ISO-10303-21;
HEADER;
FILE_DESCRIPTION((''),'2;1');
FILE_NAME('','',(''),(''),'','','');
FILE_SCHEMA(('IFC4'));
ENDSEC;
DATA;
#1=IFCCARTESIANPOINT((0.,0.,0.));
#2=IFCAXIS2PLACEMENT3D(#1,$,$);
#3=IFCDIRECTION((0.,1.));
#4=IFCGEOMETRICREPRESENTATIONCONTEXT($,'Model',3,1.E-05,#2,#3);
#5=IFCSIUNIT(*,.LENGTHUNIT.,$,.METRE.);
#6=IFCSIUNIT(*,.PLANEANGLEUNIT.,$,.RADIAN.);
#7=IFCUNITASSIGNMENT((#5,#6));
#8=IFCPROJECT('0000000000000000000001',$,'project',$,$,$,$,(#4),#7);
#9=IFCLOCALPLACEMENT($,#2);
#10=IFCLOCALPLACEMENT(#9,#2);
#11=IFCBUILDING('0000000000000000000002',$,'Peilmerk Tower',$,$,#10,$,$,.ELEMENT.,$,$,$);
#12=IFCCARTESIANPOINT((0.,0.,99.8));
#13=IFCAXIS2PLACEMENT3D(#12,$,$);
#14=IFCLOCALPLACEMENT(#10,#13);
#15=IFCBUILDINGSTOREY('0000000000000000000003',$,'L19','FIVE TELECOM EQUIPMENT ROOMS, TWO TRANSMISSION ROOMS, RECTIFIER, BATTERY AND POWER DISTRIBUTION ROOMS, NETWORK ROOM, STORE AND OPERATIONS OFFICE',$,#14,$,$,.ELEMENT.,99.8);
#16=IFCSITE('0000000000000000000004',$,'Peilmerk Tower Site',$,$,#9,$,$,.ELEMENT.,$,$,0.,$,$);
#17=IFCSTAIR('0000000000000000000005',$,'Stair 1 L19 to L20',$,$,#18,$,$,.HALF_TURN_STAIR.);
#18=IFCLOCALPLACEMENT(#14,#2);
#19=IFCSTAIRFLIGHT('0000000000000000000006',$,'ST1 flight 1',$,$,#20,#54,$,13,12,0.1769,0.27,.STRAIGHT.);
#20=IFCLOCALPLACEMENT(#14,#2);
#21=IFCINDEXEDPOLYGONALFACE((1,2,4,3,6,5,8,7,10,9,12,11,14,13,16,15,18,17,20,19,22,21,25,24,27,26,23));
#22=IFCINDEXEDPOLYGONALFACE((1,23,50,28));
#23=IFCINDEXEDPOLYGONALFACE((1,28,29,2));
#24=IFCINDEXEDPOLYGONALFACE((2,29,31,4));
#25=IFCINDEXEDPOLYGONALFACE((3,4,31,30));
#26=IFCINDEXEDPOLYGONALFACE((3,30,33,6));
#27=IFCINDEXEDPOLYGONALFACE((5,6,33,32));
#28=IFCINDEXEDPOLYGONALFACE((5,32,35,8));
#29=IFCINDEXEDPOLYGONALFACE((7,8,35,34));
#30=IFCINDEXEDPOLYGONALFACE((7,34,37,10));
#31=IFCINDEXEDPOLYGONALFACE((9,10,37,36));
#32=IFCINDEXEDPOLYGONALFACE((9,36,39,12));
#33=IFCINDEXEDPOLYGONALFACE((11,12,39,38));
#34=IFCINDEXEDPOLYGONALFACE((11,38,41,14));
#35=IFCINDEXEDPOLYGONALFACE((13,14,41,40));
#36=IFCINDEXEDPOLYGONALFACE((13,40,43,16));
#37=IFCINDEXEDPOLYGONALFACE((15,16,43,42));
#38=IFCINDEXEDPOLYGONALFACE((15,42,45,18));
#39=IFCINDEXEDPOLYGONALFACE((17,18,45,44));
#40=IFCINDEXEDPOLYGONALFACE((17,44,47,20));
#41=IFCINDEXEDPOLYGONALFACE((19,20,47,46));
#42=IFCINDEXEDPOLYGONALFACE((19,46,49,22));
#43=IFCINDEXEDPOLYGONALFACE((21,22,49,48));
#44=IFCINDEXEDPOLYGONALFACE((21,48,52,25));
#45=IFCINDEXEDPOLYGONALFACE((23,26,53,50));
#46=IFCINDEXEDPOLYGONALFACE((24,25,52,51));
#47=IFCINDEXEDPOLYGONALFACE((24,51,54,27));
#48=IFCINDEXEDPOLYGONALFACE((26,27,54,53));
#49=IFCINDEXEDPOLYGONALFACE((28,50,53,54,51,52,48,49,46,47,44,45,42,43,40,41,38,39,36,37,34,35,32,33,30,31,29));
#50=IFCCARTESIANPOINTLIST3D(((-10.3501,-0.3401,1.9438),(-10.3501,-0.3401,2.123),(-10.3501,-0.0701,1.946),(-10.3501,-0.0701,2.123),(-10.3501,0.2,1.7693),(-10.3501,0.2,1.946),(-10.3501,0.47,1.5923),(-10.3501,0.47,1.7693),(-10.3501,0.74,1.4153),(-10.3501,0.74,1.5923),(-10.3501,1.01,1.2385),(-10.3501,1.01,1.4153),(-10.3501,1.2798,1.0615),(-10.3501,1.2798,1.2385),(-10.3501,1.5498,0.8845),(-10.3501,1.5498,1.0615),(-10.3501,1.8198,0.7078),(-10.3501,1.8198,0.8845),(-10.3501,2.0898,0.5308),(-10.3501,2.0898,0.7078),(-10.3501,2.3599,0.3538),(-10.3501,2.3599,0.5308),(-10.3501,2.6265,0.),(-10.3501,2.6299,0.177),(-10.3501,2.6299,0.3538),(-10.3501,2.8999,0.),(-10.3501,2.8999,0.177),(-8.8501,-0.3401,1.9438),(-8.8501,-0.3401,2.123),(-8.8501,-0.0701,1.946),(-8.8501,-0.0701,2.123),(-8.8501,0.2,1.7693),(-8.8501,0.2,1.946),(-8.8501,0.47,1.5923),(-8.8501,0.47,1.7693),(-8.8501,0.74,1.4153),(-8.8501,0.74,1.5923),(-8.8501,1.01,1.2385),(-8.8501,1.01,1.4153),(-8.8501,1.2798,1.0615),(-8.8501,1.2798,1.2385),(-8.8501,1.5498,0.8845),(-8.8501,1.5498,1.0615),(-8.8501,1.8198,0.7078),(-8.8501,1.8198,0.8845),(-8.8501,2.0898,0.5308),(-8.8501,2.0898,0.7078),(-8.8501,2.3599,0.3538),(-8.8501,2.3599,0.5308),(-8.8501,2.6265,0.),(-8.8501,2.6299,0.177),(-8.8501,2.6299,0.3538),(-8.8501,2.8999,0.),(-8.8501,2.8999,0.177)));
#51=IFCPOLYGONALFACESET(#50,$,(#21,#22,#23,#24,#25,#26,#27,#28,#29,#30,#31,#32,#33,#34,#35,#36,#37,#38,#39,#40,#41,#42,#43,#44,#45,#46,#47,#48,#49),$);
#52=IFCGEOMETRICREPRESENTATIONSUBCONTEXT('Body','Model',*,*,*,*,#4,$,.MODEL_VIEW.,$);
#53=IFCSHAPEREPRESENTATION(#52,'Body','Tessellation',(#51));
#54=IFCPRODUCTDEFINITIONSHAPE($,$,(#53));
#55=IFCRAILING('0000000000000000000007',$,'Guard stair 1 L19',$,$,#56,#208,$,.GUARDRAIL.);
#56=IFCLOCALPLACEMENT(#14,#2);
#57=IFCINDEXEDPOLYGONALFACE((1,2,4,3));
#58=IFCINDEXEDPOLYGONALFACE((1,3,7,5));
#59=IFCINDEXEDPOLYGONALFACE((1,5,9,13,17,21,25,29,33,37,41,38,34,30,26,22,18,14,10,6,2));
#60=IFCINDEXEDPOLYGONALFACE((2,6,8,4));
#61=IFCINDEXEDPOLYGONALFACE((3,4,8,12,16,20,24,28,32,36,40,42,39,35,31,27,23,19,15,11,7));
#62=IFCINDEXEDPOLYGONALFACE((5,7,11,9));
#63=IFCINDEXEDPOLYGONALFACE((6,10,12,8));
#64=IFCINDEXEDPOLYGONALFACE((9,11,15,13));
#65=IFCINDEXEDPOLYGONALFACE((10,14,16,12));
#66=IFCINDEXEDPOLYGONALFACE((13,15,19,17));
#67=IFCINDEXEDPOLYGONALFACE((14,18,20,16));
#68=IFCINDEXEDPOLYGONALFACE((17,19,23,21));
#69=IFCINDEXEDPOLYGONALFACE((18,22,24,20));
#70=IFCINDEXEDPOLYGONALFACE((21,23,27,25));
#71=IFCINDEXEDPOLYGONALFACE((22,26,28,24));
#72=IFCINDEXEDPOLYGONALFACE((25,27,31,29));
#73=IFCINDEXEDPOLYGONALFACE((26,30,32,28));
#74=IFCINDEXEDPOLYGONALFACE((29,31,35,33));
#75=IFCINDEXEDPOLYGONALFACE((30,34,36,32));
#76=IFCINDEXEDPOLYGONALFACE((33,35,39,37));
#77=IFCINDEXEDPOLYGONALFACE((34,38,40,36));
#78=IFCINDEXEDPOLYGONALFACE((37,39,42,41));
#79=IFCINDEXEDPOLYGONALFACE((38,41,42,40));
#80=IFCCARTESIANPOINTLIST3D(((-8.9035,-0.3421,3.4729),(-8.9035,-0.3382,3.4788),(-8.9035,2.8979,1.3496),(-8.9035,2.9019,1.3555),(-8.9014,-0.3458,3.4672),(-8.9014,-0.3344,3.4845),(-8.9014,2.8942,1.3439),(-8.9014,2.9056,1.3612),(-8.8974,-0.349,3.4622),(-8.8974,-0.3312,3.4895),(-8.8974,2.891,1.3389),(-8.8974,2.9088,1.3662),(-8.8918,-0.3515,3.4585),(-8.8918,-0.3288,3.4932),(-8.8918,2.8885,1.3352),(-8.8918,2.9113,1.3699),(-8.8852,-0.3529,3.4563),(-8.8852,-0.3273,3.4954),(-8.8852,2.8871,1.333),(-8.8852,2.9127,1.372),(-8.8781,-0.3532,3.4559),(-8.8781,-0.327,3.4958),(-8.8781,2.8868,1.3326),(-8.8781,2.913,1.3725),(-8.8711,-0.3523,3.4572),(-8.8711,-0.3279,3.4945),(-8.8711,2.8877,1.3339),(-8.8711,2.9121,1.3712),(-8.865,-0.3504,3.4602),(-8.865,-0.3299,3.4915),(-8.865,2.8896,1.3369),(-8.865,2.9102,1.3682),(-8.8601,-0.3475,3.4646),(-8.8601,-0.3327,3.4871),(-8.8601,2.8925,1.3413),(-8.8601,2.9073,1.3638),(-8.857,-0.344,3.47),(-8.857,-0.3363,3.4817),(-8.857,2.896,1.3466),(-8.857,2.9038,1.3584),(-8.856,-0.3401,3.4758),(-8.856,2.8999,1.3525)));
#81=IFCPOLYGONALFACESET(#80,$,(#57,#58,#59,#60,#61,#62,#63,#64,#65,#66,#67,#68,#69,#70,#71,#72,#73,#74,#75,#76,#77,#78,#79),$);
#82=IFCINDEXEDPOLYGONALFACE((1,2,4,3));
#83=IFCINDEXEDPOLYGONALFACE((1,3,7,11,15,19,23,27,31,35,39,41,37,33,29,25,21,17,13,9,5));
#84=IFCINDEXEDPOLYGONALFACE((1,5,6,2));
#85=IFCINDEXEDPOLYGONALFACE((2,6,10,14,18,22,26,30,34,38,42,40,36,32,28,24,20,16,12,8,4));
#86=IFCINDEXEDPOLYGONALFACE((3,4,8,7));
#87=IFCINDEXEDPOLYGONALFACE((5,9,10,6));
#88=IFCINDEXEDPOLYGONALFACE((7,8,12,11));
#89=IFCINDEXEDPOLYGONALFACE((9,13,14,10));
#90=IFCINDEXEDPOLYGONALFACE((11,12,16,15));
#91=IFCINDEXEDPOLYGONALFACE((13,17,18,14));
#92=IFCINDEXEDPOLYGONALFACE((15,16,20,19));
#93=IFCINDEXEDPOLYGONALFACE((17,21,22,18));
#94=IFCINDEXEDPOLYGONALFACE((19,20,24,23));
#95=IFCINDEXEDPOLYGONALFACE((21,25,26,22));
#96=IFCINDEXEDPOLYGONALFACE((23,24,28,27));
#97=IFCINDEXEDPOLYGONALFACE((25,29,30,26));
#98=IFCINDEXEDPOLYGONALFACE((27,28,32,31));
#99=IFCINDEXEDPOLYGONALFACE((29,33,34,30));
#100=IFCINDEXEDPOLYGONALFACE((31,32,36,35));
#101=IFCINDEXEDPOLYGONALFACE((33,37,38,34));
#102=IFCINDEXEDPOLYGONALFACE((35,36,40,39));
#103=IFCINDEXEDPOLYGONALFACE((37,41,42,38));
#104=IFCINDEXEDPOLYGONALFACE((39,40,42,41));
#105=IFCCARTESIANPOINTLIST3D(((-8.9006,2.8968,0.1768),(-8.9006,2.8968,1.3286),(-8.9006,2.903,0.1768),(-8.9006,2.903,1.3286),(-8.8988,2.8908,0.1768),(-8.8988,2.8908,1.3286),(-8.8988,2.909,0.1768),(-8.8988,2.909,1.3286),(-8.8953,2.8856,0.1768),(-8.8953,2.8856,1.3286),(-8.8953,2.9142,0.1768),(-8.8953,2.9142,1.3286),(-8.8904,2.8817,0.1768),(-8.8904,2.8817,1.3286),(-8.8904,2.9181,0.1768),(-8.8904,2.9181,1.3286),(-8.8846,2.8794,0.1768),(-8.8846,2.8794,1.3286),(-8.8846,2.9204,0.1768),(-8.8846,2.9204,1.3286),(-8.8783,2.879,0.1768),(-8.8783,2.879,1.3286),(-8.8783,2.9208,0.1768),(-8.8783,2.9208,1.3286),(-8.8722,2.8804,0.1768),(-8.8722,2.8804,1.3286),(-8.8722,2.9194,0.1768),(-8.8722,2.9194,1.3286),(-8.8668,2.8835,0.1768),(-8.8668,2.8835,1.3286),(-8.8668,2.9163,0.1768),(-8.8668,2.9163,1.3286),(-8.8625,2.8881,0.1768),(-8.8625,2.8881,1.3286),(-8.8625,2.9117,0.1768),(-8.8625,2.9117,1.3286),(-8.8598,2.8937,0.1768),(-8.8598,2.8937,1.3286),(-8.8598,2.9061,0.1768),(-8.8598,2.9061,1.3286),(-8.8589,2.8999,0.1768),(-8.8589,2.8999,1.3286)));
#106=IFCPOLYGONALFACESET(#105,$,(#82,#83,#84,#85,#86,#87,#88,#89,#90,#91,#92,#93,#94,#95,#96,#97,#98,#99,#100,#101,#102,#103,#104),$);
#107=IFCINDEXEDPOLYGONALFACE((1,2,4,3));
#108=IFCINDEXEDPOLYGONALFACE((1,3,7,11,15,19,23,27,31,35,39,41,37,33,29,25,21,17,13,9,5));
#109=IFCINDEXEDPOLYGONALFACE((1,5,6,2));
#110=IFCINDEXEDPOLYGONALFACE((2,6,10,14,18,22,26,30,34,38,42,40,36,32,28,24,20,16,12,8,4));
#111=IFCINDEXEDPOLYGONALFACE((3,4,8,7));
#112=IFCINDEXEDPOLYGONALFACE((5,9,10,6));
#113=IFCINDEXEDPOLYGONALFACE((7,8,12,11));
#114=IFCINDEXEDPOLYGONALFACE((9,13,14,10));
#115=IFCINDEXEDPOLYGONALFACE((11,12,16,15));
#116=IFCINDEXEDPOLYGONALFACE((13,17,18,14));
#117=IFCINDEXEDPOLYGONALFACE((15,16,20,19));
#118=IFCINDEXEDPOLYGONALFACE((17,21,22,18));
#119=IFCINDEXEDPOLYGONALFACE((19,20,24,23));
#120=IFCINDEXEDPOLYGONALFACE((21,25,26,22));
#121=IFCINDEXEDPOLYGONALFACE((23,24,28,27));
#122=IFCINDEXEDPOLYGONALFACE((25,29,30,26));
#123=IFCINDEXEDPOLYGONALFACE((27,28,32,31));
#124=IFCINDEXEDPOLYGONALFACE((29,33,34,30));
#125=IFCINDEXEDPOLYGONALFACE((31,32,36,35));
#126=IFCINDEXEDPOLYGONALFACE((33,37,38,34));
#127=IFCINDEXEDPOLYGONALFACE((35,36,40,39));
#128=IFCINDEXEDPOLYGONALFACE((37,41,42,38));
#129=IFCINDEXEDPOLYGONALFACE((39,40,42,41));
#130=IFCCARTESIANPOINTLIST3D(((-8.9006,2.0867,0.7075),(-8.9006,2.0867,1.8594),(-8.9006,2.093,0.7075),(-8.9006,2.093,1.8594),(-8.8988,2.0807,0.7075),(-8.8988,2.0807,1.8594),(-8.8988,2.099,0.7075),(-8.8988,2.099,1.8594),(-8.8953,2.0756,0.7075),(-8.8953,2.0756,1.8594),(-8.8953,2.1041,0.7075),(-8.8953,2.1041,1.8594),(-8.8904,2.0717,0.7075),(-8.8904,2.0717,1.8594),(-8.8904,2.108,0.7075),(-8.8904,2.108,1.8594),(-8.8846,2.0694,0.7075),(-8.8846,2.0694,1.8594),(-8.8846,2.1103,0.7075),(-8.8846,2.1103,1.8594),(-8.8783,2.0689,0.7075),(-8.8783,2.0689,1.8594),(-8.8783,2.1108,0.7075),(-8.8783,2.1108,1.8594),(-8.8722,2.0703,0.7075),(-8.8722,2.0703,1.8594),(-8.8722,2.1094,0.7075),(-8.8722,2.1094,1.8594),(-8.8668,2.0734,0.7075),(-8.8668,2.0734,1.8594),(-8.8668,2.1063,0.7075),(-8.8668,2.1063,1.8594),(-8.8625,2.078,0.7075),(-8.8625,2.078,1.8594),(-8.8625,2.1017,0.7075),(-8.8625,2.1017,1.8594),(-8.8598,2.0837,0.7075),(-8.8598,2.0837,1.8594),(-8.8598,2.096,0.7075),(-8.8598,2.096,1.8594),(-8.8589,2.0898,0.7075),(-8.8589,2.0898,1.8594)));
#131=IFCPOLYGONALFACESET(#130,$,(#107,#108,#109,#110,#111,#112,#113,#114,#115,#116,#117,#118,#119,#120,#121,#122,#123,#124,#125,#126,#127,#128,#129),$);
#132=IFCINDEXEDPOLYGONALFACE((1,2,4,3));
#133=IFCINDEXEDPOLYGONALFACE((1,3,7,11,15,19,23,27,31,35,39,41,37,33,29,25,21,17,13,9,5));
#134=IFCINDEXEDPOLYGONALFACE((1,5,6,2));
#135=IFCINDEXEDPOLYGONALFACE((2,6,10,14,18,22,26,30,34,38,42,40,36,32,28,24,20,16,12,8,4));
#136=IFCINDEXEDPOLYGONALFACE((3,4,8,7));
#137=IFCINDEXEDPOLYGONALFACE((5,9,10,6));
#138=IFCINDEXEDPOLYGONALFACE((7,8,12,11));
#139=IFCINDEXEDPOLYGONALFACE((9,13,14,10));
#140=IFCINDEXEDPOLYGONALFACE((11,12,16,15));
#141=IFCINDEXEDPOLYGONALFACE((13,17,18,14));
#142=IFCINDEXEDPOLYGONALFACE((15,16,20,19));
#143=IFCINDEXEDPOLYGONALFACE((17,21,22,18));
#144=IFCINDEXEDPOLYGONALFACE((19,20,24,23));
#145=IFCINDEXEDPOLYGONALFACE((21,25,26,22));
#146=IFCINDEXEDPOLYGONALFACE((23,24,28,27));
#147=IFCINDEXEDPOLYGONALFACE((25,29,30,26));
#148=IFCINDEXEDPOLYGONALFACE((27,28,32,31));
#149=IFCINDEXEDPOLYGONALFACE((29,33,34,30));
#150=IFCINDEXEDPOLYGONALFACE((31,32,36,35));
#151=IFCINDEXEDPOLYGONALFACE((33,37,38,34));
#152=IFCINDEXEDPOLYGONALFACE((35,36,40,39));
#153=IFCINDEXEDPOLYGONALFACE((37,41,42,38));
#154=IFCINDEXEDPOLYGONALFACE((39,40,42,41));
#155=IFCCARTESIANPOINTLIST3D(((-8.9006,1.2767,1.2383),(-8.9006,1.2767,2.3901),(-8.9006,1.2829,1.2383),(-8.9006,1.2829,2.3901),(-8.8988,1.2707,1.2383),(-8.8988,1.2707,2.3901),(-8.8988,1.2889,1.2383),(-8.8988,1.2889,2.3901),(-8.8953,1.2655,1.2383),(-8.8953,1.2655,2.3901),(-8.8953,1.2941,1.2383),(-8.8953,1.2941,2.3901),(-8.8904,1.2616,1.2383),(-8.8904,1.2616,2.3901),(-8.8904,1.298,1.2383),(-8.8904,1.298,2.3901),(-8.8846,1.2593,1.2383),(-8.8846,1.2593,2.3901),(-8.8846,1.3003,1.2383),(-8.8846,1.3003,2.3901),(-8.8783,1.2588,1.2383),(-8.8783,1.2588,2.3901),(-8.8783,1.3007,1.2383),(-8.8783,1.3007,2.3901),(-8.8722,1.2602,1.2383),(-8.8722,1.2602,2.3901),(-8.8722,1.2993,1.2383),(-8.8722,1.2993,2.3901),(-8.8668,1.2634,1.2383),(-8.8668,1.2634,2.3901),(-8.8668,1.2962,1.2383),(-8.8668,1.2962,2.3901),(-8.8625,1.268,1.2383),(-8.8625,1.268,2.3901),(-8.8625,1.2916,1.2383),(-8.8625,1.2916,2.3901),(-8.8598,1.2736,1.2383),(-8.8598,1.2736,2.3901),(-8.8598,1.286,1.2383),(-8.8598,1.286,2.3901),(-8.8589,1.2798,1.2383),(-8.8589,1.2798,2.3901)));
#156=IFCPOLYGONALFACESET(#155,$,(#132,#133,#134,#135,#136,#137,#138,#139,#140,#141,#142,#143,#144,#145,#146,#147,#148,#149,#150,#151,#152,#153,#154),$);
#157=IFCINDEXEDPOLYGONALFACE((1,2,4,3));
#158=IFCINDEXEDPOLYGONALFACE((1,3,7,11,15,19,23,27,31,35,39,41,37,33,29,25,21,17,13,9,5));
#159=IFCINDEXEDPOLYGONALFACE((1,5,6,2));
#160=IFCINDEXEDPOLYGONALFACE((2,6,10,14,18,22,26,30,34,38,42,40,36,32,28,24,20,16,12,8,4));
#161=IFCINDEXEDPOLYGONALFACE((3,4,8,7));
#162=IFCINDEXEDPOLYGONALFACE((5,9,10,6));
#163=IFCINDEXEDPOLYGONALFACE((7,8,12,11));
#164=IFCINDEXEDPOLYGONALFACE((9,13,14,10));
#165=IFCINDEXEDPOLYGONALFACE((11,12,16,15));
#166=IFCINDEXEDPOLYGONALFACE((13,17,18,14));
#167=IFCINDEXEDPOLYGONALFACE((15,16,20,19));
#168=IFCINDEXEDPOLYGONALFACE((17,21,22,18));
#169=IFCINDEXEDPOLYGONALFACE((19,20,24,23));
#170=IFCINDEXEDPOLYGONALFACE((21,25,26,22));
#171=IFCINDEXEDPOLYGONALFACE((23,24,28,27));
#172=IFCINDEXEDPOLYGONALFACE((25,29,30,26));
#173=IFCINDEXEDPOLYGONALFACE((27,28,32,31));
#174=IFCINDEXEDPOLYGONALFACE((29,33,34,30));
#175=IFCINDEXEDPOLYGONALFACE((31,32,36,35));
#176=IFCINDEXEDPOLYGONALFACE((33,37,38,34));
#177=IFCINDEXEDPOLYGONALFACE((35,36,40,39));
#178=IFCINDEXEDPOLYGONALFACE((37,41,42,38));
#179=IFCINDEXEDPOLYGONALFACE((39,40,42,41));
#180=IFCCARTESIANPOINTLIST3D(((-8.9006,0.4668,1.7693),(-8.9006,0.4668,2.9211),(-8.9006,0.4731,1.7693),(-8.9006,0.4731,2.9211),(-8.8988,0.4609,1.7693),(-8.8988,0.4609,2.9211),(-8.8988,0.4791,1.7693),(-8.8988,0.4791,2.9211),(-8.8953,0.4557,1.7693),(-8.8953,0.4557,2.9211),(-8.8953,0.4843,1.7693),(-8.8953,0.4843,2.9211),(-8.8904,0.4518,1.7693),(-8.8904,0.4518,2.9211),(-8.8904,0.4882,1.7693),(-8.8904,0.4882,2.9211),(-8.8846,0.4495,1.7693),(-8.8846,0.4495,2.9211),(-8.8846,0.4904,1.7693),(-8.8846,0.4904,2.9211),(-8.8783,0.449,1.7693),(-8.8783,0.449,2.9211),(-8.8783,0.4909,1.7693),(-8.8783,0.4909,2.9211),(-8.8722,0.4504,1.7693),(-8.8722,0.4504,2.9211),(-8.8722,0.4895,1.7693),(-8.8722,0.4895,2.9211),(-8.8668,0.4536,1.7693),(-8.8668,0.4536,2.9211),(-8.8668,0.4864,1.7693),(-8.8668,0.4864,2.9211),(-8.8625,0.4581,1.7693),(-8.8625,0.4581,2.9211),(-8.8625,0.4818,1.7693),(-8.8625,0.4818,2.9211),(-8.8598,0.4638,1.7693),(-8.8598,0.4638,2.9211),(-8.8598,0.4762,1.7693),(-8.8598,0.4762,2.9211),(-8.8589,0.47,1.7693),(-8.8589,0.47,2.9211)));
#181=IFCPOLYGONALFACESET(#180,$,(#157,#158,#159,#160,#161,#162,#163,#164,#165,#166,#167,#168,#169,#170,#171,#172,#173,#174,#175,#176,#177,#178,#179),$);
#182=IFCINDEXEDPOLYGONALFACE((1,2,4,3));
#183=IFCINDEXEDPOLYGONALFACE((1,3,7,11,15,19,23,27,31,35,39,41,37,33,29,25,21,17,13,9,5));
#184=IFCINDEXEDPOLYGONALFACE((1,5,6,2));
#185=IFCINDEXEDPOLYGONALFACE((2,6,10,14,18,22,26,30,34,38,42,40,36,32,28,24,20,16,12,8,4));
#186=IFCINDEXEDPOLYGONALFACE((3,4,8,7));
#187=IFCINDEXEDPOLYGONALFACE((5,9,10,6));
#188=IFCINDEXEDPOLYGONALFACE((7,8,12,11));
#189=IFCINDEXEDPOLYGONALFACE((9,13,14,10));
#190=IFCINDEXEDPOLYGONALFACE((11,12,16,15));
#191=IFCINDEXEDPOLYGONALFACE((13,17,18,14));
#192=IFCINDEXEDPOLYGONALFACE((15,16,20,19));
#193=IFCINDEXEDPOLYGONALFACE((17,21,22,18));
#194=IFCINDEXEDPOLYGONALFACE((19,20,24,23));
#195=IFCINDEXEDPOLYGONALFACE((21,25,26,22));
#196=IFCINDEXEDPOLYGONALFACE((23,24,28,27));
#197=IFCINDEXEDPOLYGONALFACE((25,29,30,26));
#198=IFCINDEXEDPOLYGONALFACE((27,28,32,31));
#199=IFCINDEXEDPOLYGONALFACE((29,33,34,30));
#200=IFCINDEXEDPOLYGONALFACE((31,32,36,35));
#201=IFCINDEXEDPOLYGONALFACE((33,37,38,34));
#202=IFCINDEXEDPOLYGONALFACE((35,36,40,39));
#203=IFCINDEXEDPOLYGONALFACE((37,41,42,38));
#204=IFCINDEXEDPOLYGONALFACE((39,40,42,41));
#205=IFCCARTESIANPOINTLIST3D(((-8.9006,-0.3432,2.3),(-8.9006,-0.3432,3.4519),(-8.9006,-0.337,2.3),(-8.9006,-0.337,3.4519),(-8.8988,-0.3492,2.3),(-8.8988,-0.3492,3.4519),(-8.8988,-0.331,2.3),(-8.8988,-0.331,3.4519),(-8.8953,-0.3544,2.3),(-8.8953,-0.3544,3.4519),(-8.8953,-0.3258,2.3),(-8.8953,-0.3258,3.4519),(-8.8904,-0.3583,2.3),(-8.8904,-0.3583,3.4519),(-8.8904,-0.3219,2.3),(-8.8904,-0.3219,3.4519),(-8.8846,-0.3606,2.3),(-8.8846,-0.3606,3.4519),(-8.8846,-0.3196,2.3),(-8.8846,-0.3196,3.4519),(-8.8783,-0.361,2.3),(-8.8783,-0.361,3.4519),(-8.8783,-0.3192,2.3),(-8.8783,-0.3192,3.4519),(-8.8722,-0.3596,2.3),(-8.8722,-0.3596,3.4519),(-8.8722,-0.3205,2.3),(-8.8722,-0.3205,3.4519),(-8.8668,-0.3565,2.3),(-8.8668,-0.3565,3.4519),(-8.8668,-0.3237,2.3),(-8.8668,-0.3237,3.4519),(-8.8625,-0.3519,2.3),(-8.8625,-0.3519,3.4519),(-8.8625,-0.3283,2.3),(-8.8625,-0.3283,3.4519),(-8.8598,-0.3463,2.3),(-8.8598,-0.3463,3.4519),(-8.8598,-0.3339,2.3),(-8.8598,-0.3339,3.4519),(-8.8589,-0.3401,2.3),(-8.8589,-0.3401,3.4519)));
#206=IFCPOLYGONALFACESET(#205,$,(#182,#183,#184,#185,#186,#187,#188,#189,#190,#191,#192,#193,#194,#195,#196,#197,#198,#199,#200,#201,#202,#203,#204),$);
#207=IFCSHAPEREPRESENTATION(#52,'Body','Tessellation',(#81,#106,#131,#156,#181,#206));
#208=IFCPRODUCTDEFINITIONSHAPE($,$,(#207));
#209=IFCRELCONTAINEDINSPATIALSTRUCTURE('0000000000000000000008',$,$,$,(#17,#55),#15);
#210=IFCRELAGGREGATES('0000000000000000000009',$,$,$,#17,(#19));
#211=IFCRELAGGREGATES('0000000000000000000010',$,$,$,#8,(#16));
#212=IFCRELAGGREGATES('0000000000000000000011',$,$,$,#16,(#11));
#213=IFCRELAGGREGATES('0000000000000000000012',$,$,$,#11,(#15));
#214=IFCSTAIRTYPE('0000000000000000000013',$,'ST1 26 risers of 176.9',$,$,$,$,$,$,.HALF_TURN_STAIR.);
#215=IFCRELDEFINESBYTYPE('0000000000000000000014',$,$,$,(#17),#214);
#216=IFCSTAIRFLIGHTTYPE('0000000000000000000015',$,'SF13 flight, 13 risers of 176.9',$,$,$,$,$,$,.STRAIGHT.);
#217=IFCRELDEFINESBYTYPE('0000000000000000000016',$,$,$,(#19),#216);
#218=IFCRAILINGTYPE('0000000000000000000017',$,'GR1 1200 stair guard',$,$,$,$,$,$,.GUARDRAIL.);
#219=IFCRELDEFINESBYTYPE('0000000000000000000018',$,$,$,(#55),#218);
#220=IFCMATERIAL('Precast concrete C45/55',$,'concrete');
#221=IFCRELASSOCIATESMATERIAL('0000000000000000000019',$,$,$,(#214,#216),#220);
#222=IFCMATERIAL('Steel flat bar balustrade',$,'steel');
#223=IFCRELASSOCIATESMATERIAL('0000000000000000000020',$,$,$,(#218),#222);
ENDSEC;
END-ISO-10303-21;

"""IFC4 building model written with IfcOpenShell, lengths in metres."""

from ifc_helpers import new_model, si_unit, direction, frame, origin, origin_2d, place, context, subcontext, project, spatial, polyline, circle, outline, extrude, material, type_object, element, aggregate, save


model = new_model("IFC4")

# Units and contexts
model_context = context("Model", 3, precision=1e-05, world=origin(), true_north=direction((0.0, 1.0)))
body_context = subcontext(model_context, "Body", "Model", "MODEL_VIEW")
ifc_project = project(units=[si_unit("LENGTHUNIT", "METRE"), si_unit("PLANEANGLEUNIT", "RADIAN")], contexts=[model_context])

# Site, building, storey
site_placement = place(None, origin())
site = spatial("IfcSite", under=ifc_project, at=site_placement, Name="Peilmerk Tower Site", CompositionType="ELEMENT", RefElevation=0.0)
building_placement = place(site_placement, origin())
building = spatial("IfcBuilding", under=site, at=building_placement, Name="Peilmerk Tower", CompositionType="ELEMENT")
storey_placement = place(building_placement, frame((0.0, 0.0, 99.8)))
storey = spatial("IfcBuildingStorey", under=building, at=storey_placement, Name="L19", Description="FIVE TELECOM EQUIPMENT ROOMS, TWO TRANSMISSION ROOMS, RECTIFIER, BATTERY AND POWER DISTRIBUTION ROOMS, NETWORK ROOM, STORE AND OPERATIONS OFFICE", CompositionType="ELEMENT", Elevation=99.8)

# Stair, stair flight
ifc_material_1 = material(Name="Precast concrete C45/55", Category="concrete")
stair_type = type_object("IfcStairType", Name="ST1 26 risers of 176.9", PredefinedType="HALF_TURN_STAIR", material=ifc_material_1)
stair_placement = place(storey_placement, origin())
stair = element("IfcStair", 1, at=stair_placement, inside=storey, type_object=stair_type, Name="Stair 1 L19 to L20", PredefinedType="HALF_TURN_STAIR")
stair_flight_type = type_object("IfcStairFlightType", Name="SF13 flight, 13 risers of 176.9", PredefinedType="STRAIGHT", material=ifc_material_1)
stair_flight_placement = place(storey_placement, frame((-9.6001, 2.8999, 0.0), z_axis=(0.0, 0.0, 1.0), x_axis=(0.0, -1.0, 0.0)))
stair_flight = element("IfcStairFlight", 2, at=stair_flight_placement, type_object=stair_flight_type, Name="ST1 flight 1", NumberOfRisers=13, NumberOfTreads=12, PredefinedType="STRAIGHT", RiserHeight=0.1769, TreadLength=0.27, context=body_context, shape_type="SweptSolid", body=[
    extrude(outline(polyline([(0.0, 0.0), (0.0, 0.177), (0.27, 0.177), (0.27, 0.3538), (0.54, 0.3538), (0.54, 0.5308), (0.8101, 0.5308), (0.8101, 0.7078), (1.0801, 0.7078), (1.0801, 0.8845), (1.3501, 0.8845), (1.3501, 1.0615), (1.6201, 1.0615), (1.6201, 1.2385), (1.8899, 1.2385), (1.8899, 1.4153), (2.1599, 1.4153), (2.1599, 1.5923), (2.4299, 1.5923), (2.4299, 1.7693), (2.7, 1.7693), (2.7, 1.946), (2.97, 1.946), (2.97, 2.123), (3.24, 2.123), (3.24, 2.3), (3.24, 1.9438), (0.2734, 0.0), (0.0, 0.0)])), frame((0.0, 0.75, 0.0), z_axis=(0.0, -1.0, 0.0), x_axis=(1.0, 0.0, 0.0)), (0.0, 0.0, 1.0), 1.5),
])
aggregate(stair, [stair_flight])

# Railing
ifc_material_2 = material(Name="Steel flat bar balustrade", Category="steel")
railing_type_1 = type_object("IfcRailingType", Name="GR1 1200 stair guard", PredefinedType="GUARDRAIL", material=ifc_material_2)
railing_1_placement = place(storey_placement, frame((-8.8799, 2.8999, 0.1768)))
element("IfcRailing", 3, at=railing_1_placement, inside=storey, type_object=railing_type_1, Name="Guard stair 1 L19", PredefinedType="GUARDRAIL", context=body_context, shape_type="SweptSolid", body=[
    extrude(circle(Radius=0.0239, at=origin_2d()), frame((0.0, 0.0, 1.1758), z_axis=(0.0, -0.836397, 0.548124), x_axis=(1.0, 0.0, 0.0)), (0.0, 0.0, 1.0), 3.8738),
    extrude(circle(Radius=0.021, at=origin_2d()), origin(), (0.0, 0.0, 1.0), 1.1519),
    extrude(circle(Radius=0.021, at=origin_2d()), frame((0.0, -0.8101, 0.5308)), (0.0, 0.0, 1.0), 1.1519),
    extrude(circle(Radius=0.021, at=origin_2d()), frame((0.0, -1.6201, 1.0615)), (0.0, 0.0, 1.0), 1.1519),
    extrude(circle(Radius=0.021, at=origin_2d()), frame((0.0, -2.4299, 1.5925)), (0.0, 0.0, 1.0), 1.1519),
    extrude(circle(Radius=0.021, at=origin_2d()), frame((0.0, -3.24, 2.1233)), (0.0, 0.0, 1.0), 1.1519),
])

save(model, "model.ifc")
